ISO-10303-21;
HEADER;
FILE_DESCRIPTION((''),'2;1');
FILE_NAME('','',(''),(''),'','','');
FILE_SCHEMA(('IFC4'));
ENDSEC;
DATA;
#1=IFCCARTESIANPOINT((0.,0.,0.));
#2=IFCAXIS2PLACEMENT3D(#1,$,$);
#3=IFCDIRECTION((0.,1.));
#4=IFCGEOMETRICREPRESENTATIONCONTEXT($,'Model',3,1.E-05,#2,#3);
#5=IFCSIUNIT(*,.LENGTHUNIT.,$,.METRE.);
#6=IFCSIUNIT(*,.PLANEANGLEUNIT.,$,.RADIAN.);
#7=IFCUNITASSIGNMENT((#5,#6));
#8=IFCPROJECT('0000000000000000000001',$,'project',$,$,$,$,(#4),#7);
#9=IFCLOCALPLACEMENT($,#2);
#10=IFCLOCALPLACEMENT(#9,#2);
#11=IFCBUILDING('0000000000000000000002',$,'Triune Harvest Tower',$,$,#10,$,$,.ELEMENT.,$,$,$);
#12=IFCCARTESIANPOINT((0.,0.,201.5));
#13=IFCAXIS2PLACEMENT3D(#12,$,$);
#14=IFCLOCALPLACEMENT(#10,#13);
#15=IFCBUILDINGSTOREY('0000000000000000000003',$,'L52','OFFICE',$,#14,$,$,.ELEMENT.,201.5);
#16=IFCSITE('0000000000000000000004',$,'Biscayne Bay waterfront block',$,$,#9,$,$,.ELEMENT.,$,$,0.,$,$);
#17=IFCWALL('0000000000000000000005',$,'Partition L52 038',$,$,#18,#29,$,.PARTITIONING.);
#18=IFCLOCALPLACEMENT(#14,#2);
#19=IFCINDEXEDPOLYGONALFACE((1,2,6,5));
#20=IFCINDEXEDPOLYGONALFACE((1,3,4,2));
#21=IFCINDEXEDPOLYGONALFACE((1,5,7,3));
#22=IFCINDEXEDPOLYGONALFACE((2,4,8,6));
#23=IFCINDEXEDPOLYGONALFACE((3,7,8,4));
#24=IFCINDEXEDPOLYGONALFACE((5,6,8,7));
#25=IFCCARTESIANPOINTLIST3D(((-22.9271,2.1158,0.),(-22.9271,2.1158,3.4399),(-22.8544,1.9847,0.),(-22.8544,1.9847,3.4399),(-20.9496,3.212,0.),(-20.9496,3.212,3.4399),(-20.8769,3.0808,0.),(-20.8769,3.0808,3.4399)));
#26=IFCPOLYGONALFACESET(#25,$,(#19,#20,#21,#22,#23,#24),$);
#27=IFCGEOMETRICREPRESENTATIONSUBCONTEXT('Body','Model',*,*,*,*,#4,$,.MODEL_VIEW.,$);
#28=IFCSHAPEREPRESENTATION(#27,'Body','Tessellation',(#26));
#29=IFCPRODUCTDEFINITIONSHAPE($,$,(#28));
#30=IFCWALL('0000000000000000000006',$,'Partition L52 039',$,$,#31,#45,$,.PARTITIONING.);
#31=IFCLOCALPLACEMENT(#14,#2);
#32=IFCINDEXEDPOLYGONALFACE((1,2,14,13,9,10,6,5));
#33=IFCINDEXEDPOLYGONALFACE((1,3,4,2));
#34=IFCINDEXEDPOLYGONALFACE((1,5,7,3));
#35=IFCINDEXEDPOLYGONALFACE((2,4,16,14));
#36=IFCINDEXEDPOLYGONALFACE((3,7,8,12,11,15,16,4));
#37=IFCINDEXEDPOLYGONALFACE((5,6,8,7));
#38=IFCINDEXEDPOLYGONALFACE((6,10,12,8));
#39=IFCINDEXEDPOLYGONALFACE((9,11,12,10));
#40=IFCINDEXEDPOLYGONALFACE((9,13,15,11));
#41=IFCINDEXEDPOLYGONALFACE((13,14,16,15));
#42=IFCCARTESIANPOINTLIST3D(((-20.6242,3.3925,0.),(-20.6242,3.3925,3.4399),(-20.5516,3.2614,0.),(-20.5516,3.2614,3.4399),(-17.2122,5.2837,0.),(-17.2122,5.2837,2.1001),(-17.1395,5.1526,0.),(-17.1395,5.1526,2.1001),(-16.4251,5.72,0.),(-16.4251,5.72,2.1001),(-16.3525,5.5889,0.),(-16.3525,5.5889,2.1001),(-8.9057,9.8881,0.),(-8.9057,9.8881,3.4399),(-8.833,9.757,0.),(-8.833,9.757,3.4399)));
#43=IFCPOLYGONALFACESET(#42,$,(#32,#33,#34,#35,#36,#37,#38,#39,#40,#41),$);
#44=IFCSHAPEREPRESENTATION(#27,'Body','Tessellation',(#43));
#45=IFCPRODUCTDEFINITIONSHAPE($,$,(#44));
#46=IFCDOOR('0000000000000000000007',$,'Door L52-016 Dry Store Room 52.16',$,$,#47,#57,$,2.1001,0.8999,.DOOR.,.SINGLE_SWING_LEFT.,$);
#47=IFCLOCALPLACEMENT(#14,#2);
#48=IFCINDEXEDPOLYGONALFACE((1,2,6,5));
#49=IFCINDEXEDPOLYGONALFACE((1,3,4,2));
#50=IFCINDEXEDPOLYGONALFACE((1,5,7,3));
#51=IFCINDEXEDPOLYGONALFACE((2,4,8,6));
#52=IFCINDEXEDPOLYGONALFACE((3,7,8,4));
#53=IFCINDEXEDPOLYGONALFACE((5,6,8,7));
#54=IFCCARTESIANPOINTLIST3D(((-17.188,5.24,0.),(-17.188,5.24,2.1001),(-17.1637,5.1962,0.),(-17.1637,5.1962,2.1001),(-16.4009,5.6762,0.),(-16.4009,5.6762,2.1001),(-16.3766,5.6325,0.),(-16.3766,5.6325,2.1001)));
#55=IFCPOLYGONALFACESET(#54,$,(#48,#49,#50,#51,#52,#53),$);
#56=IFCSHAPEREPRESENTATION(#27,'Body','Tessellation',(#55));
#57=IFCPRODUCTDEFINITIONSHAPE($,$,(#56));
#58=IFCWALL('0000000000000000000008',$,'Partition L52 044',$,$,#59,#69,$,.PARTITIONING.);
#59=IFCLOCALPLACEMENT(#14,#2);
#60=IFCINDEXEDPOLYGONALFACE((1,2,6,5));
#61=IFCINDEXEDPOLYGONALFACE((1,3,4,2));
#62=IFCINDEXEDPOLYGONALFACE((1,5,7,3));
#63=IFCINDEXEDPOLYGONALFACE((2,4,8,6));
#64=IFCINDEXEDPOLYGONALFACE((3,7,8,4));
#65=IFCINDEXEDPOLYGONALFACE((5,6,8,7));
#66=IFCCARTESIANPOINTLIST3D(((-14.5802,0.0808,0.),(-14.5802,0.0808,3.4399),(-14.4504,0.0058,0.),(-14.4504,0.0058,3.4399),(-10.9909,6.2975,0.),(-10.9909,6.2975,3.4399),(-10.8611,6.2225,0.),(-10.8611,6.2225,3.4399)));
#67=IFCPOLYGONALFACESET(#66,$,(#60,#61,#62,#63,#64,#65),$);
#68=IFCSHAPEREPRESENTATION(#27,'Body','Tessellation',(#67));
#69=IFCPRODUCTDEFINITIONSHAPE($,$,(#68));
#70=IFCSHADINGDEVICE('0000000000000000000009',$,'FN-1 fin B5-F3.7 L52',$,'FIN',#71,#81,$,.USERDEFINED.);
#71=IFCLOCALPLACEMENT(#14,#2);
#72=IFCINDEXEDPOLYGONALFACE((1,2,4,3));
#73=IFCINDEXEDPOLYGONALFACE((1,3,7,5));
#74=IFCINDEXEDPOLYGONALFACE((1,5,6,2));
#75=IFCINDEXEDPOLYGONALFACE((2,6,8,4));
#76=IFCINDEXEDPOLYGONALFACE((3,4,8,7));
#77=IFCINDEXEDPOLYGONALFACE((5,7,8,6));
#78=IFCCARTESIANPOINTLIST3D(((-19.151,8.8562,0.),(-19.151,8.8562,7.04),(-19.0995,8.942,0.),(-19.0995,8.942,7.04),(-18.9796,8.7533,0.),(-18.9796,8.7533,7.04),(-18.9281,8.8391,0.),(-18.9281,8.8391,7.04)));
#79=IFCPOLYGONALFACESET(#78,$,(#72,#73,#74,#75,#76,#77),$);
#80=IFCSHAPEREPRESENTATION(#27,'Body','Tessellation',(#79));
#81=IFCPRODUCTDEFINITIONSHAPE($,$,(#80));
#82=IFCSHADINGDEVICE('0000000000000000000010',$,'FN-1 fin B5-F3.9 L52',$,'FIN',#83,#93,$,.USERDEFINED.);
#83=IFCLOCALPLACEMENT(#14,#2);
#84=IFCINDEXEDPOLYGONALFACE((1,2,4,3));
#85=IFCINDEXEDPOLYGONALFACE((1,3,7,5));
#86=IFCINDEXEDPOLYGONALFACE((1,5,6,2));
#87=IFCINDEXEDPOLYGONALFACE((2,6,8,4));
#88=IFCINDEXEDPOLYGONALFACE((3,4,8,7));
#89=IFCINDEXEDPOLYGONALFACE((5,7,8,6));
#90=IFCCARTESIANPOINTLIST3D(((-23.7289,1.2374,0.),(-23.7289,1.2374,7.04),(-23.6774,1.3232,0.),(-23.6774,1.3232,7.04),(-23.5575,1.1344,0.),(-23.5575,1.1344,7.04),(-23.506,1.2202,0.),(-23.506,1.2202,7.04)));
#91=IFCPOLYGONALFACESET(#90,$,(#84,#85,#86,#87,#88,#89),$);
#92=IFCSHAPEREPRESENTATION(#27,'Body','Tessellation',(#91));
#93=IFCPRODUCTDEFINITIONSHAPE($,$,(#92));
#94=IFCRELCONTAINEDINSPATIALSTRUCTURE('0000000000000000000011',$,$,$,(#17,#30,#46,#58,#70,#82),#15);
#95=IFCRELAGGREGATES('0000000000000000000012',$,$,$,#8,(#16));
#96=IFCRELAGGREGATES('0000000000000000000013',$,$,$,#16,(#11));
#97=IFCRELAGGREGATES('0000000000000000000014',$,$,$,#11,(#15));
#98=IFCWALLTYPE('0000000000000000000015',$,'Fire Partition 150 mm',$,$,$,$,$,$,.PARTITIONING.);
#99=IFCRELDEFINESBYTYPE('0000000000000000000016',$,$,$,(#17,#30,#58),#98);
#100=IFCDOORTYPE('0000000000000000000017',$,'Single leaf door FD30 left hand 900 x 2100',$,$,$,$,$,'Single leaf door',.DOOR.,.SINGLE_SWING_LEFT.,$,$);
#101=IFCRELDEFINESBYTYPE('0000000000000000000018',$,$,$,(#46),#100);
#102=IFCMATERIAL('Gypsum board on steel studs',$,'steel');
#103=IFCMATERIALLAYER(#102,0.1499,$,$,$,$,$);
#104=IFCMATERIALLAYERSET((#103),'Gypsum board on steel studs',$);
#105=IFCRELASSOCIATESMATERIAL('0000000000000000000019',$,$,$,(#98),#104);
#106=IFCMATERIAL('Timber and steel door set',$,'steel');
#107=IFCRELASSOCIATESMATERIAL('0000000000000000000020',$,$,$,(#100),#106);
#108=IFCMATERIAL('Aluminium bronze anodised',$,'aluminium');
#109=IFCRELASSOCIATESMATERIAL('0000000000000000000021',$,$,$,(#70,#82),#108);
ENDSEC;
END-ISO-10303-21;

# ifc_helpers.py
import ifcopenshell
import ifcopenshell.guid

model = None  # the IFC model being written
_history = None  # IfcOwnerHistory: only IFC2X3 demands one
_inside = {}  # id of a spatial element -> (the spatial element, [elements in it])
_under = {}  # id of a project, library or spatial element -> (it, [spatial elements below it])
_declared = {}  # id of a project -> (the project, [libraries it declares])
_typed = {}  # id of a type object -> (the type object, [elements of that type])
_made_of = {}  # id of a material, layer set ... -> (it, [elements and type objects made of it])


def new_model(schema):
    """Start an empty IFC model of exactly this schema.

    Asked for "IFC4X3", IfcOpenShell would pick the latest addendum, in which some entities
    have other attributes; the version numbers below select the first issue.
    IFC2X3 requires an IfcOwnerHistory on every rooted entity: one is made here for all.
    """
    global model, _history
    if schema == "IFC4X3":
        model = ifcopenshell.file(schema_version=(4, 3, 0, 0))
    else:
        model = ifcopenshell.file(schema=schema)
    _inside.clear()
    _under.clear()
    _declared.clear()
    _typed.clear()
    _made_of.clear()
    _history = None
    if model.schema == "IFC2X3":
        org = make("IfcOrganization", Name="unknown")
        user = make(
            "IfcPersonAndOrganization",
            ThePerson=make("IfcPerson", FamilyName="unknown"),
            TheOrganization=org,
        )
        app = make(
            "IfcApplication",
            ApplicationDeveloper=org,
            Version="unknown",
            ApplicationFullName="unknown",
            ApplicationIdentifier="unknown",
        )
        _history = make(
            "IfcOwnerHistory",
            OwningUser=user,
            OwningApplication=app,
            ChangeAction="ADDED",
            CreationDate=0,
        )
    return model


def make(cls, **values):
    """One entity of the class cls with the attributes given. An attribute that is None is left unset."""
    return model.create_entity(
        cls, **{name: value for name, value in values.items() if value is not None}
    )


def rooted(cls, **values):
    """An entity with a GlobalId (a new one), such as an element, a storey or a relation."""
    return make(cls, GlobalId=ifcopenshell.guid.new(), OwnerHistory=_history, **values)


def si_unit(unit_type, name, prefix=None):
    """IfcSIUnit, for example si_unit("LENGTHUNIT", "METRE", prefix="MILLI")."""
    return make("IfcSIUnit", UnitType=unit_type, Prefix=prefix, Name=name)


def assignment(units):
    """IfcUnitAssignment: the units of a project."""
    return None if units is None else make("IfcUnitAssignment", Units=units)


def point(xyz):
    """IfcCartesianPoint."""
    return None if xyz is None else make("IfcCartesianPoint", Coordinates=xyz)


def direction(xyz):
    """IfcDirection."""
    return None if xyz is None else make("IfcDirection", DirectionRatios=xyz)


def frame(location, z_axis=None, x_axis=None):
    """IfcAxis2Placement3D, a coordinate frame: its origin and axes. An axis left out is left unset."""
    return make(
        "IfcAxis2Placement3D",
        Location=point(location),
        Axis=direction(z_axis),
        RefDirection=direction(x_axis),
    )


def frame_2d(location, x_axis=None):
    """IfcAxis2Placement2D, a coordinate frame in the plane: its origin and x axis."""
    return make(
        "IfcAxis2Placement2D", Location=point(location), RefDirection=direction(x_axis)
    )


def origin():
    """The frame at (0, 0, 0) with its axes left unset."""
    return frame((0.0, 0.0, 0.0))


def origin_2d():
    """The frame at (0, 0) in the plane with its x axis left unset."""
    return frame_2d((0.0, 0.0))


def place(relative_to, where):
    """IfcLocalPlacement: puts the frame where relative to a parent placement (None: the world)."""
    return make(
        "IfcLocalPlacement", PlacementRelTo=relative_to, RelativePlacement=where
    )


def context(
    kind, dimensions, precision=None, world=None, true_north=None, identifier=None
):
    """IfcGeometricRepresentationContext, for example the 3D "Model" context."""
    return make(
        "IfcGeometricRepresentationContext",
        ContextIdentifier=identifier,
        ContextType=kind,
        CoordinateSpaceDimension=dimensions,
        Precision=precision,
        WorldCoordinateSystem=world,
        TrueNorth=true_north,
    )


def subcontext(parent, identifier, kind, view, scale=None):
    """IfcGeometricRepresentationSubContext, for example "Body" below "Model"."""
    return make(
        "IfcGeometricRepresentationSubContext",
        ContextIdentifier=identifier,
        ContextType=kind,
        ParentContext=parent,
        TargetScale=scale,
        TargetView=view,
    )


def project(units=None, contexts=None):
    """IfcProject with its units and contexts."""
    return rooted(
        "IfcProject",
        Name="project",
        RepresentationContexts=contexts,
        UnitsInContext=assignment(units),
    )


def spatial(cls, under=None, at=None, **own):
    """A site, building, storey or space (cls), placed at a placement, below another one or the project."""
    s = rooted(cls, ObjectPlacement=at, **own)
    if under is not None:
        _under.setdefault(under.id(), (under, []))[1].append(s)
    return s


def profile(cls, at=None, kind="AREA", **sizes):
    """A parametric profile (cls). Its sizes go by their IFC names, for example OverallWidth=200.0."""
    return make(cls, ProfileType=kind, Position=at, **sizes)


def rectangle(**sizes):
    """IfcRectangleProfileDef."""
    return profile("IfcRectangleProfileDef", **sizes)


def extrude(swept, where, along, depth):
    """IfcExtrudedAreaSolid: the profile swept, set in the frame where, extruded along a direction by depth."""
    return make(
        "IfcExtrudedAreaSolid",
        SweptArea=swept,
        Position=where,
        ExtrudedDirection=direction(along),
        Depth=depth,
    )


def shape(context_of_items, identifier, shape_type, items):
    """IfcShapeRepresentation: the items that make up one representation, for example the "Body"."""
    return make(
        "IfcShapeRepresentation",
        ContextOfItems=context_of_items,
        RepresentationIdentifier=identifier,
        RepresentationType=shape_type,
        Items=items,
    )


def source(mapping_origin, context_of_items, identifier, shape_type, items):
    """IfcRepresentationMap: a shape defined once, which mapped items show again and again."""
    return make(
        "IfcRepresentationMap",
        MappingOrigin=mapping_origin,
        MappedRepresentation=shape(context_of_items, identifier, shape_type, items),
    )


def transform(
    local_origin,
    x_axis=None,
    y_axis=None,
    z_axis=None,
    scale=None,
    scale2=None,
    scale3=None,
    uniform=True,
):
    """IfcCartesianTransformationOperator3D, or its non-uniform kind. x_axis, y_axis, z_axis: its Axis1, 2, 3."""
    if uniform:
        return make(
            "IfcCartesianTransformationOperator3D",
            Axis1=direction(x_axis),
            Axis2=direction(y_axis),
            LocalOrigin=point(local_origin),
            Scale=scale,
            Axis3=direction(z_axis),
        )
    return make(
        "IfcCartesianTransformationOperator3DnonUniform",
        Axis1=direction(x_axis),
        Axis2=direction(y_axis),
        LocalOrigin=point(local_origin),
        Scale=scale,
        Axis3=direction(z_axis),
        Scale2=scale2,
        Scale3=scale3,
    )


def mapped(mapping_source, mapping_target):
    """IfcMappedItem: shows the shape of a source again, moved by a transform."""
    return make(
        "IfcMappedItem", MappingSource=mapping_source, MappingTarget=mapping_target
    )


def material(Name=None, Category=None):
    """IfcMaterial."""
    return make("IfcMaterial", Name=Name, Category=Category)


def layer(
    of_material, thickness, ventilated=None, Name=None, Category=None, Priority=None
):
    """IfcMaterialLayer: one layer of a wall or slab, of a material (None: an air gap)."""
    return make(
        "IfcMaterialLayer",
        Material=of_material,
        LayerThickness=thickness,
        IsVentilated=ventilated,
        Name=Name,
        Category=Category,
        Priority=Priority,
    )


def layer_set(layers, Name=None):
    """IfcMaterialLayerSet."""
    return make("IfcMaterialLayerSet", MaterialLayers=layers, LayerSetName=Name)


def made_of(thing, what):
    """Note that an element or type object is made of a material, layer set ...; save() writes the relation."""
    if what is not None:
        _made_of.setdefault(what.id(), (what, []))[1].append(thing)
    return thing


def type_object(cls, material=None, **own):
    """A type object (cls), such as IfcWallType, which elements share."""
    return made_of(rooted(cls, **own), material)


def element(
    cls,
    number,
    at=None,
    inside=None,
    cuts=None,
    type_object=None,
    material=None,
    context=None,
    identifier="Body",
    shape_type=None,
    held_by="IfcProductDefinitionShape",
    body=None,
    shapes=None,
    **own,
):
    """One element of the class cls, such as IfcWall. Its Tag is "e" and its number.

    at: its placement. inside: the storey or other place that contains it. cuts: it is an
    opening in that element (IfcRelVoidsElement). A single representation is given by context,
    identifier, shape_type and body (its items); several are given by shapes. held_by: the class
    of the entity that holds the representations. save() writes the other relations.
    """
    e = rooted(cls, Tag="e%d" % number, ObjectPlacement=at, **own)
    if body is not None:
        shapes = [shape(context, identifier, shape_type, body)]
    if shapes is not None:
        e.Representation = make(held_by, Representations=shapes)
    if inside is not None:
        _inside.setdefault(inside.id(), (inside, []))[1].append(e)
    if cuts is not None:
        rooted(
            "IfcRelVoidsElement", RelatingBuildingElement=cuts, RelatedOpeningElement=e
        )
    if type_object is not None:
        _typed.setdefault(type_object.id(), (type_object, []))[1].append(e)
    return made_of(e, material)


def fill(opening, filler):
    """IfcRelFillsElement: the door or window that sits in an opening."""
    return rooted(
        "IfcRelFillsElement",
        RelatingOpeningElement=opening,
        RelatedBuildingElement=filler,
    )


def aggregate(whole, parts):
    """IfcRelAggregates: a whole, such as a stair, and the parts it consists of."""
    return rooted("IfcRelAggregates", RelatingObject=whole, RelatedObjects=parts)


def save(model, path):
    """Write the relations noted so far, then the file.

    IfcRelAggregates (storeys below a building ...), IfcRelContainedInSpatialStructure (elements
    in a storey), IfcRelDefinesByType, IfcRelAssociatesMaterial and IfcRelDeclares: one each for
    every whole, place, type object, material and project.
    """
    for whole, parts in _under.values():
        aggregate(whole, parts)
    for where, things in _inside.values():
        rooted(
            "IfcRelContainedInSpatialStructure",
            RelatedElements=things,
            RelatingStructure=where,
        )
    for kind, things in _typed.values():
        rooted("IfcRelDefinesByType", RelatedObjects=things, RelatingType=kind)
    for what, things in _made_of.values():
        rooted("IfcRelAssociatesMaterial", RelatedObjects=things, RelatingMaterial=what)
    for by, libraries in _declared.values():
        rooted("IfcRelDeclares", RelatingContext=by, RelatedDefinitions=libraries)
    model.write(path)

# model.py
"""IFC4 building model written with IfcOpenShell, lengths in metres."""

from ifc_helpers import new_model, si_unit, direction, frame, frame_2d, origin, origin_2d, place, context, subcontext, project, spatial, rectangle, extrude, source, transform, mapped, material, layer, layer_set, type_object, element, fill, save


model = new_model("IFC4")

# Units and contexts
model_context = context("Model", 3, precision=1e-05, world=origin(), true_north=direction((0.0, 1.0)))
body_context = subcontext(model_context, "Body", "Model", "MODEL_VIEW")
ifc_project = project(units=[si_unit("LENGTHUNIT", "METRE"), si_unit("PLANEANGLEUNIT", "RADIAN")], contexts=[model_context])

# Site, building, storey
site_placement = place(None, origin())
site = spatial("IfcSite", under=ifc_project, at=site_placement, Name="Biscayne Bay waterfront block", CompositionType="ELEMENT", RefElevation=0.0)
building_placement = place(site_placement, origin())
building = spatial("IfcBuilding", under=site, at=building_placement, Name="Triune Harvest Tower", CompositionType="ELEMENT")
storey_placement = place(building_placement, frame((0.0, 0.0, 201.5)))
storey = spatial("IfcBuildingStorey", under=building, at=storey_placement, Name="L52", Description="OFFICE", CompositionType="ELEMENT", Elevation=201.5)

# Wall
ifc_material_1 = material(Name="Gypsum board on steel studs", Category="steel")
ifc_layer_1 = layer(ifc_material_1, 0.1499)
ifc_layer_set_1 = layer_set([ifc_layer_1], Name="Gypsum board on steel studs")
wall_type = type_object("IfcWallType", Name="Fire Partition 150 mm", PredefinedType="PARTITIONING", material=ifc_layer_set_1)
shared_shape_1 = source(origin(), body_context, "Body", "SweptSolid", [
    extrude(rectangle(XDim=2.261, YDim=0.1499, at=frame_2d((1.1304, 0.0))), origin(), (0.0, 0.0, 1.0), 3.4399),
])
wall_1_placement = place(storey_placement, frame((-22.8906, 2.0503, 0.0), z_axis=(0.0, 0.0, 1.0), x_axis=(0.874615, 0.484818, 0.0)))
element("IfcWall", 1, at=wall_1_placement, inside=storey, type_object=wall_type, Name="Partition L52 038", PredefinedType="PARTITIONING", context=body_context, shape_type="MappedRepresentation", body=[
    mapped(shared_shape_1, transform((0.0, 0.0, 0.0), scale=1.0)),
])

# Wall, opening, door
shared_shape_2 = source(origin(), body_context, "Body", "SweptSolid", [
    extrude(rectangle(XDim=13.3984, YDim=0.1499, at=frame_2d((6.6992, 0.0))), origin(), (0.0, 0.0, 1.0), 3.4399),
])
wall_2_placement = place(storey_placement, frame((-20.5879, 3.3269, 0.0), z_axis=(0.0, 0.0, 1.0), x_axis=(0.874622, 0.484806, 0.0)))
wall_2 = element("IfcWall", 2, at=wall_2_placement, inside=storey, type_object=wall_type, Name="Partition L52 039", PredefinedType="PARTITIONING", context=body_context, shape_type="MappedRepresentation", body=[
    mapped(shared_shape_2, transform((0.0, 0.0, 0.0), scale=1.0)),
])
opening_placement = place(wall_2_placement, frame((3.9011, 0.0, 0.0)))
opening = element("IfcOpeningElement", 3, at=opening_placement, cuts=wall_2, PredefinedType="OPENING", context=body_context, shape_type="SweptSolid", body=[
    extrude(rectangle(XDim=0.8999, YDim=2.1001, at=frame_2d((0.45, 1.05))), frame((0.0, 0.085, 0.0), z_axis=(0.0, -1.0, 0.0), x_axis=(1.0, 0.0, 0.0)), (0.0, 0.0, 1.0), 0.1699),
])
ifc_material_2 = material(Name="Timber and steel door set", Category="steel")
door_type = type_object("IfcDoorType", Name="Single leaf door FD30 left hand 900 x 2100", ElementType="Single leaf door", OperationType="SINGLE_SWING_LEFT", PredefinedType="DOOR", material=ifc_material_2)
door_placement = place(opening_placement, origin())
door = element("IfcDoor", 4, at=door_placement, inside=storey, type_object=door_type, Name="Door L52-016 Dry Store Room 52.16", OperationType="SINGLE_SWING_LEFT", OverallHeight=2.1001, OverallWidth=0.8999, PredefinedType="DOOR", context=body_context, shape_type="SweptSolid", body=[
    extrude(rectangle(XDim=0.8999, YDim=2.1001, at=frame_2d((0.45, 1.05))), frame((0.0, 0.0249, 0.0), z_axis=(0.0, -1.0, 0.0), x_axis=(1.0, 0.0, 0.0)), (0.0, 0.0, 1.0), 0.05),
])
fill(opening, door)

# Wall
shared_shape_3 = source(origin(), body_context, "Body", "SweptSolid", [
    extrude(rectangle(XDim=7.1785, YDim=0.1499, at=frame_2d((3.5894, 0.0))), origin(), (0.0, 0.0, 1.0), 3.4399),
])
wall_3_placement = place(storey_placement, frame((-14.5154, 0.0432, 0.0), z_axis=(0.0, 0.0, 1.0), x_axis=(0.500009, 0.86602, 0.0)))
element("IfcWall", 5, at=wall_3_placement, inside=storey, type_object=wall_type, Name="Partition L52 044", PredefinedType="PARTITIONING", context=body_context, shape_type="MappedRepresentation", body=[
    mapped(shared_shape_3, transform((0.0, 0.0, 0.0), scale=1.0)),
])

# Shading devices
ifc_material_3 = material(Name="Aluminium bronze anodised", Category="aluminium")
shared_shape_4 = source(origin(), body_context, "Body", "SweptSolid", [
    extrude(rectangle(XDim=0.1001, YDim=0.2, at=origin_2d()), origin(), (0.0, 0.0, 1.0), 7.04),
])
for number, where, z_axis, x_axis, name in (
    (6, (-19.0396, 8.8477, 0.0), (0.0, 0.0, 1.0), (-0.515037, -0.857168, 0.0), "FN-1 fin B5-F3.7 L52"),
    (7, (-23.6174, 1.2288, 0.0), (0.0, 0.0, 1.0), (-0.515037, -0.857168, 0.0), "FN-1 fin B5-F3.9 L52"),
):
    element("IfcShadingDevice", number, at=place(storey_placement, frame(where, z_axis=z_axis, x_axis=x_axis)), inside=storey, material=ifc_material_3, Name=name, ObjectType="FIN", PredefinedType="USERDEFINED", context=body_context, shape_type="MappedRepresentation", body=[
        mapped(shared_shape_4, transform((0.0, 0.0, 0.0), scale=1.0)),
    ])

save(model, "model.ifc")
